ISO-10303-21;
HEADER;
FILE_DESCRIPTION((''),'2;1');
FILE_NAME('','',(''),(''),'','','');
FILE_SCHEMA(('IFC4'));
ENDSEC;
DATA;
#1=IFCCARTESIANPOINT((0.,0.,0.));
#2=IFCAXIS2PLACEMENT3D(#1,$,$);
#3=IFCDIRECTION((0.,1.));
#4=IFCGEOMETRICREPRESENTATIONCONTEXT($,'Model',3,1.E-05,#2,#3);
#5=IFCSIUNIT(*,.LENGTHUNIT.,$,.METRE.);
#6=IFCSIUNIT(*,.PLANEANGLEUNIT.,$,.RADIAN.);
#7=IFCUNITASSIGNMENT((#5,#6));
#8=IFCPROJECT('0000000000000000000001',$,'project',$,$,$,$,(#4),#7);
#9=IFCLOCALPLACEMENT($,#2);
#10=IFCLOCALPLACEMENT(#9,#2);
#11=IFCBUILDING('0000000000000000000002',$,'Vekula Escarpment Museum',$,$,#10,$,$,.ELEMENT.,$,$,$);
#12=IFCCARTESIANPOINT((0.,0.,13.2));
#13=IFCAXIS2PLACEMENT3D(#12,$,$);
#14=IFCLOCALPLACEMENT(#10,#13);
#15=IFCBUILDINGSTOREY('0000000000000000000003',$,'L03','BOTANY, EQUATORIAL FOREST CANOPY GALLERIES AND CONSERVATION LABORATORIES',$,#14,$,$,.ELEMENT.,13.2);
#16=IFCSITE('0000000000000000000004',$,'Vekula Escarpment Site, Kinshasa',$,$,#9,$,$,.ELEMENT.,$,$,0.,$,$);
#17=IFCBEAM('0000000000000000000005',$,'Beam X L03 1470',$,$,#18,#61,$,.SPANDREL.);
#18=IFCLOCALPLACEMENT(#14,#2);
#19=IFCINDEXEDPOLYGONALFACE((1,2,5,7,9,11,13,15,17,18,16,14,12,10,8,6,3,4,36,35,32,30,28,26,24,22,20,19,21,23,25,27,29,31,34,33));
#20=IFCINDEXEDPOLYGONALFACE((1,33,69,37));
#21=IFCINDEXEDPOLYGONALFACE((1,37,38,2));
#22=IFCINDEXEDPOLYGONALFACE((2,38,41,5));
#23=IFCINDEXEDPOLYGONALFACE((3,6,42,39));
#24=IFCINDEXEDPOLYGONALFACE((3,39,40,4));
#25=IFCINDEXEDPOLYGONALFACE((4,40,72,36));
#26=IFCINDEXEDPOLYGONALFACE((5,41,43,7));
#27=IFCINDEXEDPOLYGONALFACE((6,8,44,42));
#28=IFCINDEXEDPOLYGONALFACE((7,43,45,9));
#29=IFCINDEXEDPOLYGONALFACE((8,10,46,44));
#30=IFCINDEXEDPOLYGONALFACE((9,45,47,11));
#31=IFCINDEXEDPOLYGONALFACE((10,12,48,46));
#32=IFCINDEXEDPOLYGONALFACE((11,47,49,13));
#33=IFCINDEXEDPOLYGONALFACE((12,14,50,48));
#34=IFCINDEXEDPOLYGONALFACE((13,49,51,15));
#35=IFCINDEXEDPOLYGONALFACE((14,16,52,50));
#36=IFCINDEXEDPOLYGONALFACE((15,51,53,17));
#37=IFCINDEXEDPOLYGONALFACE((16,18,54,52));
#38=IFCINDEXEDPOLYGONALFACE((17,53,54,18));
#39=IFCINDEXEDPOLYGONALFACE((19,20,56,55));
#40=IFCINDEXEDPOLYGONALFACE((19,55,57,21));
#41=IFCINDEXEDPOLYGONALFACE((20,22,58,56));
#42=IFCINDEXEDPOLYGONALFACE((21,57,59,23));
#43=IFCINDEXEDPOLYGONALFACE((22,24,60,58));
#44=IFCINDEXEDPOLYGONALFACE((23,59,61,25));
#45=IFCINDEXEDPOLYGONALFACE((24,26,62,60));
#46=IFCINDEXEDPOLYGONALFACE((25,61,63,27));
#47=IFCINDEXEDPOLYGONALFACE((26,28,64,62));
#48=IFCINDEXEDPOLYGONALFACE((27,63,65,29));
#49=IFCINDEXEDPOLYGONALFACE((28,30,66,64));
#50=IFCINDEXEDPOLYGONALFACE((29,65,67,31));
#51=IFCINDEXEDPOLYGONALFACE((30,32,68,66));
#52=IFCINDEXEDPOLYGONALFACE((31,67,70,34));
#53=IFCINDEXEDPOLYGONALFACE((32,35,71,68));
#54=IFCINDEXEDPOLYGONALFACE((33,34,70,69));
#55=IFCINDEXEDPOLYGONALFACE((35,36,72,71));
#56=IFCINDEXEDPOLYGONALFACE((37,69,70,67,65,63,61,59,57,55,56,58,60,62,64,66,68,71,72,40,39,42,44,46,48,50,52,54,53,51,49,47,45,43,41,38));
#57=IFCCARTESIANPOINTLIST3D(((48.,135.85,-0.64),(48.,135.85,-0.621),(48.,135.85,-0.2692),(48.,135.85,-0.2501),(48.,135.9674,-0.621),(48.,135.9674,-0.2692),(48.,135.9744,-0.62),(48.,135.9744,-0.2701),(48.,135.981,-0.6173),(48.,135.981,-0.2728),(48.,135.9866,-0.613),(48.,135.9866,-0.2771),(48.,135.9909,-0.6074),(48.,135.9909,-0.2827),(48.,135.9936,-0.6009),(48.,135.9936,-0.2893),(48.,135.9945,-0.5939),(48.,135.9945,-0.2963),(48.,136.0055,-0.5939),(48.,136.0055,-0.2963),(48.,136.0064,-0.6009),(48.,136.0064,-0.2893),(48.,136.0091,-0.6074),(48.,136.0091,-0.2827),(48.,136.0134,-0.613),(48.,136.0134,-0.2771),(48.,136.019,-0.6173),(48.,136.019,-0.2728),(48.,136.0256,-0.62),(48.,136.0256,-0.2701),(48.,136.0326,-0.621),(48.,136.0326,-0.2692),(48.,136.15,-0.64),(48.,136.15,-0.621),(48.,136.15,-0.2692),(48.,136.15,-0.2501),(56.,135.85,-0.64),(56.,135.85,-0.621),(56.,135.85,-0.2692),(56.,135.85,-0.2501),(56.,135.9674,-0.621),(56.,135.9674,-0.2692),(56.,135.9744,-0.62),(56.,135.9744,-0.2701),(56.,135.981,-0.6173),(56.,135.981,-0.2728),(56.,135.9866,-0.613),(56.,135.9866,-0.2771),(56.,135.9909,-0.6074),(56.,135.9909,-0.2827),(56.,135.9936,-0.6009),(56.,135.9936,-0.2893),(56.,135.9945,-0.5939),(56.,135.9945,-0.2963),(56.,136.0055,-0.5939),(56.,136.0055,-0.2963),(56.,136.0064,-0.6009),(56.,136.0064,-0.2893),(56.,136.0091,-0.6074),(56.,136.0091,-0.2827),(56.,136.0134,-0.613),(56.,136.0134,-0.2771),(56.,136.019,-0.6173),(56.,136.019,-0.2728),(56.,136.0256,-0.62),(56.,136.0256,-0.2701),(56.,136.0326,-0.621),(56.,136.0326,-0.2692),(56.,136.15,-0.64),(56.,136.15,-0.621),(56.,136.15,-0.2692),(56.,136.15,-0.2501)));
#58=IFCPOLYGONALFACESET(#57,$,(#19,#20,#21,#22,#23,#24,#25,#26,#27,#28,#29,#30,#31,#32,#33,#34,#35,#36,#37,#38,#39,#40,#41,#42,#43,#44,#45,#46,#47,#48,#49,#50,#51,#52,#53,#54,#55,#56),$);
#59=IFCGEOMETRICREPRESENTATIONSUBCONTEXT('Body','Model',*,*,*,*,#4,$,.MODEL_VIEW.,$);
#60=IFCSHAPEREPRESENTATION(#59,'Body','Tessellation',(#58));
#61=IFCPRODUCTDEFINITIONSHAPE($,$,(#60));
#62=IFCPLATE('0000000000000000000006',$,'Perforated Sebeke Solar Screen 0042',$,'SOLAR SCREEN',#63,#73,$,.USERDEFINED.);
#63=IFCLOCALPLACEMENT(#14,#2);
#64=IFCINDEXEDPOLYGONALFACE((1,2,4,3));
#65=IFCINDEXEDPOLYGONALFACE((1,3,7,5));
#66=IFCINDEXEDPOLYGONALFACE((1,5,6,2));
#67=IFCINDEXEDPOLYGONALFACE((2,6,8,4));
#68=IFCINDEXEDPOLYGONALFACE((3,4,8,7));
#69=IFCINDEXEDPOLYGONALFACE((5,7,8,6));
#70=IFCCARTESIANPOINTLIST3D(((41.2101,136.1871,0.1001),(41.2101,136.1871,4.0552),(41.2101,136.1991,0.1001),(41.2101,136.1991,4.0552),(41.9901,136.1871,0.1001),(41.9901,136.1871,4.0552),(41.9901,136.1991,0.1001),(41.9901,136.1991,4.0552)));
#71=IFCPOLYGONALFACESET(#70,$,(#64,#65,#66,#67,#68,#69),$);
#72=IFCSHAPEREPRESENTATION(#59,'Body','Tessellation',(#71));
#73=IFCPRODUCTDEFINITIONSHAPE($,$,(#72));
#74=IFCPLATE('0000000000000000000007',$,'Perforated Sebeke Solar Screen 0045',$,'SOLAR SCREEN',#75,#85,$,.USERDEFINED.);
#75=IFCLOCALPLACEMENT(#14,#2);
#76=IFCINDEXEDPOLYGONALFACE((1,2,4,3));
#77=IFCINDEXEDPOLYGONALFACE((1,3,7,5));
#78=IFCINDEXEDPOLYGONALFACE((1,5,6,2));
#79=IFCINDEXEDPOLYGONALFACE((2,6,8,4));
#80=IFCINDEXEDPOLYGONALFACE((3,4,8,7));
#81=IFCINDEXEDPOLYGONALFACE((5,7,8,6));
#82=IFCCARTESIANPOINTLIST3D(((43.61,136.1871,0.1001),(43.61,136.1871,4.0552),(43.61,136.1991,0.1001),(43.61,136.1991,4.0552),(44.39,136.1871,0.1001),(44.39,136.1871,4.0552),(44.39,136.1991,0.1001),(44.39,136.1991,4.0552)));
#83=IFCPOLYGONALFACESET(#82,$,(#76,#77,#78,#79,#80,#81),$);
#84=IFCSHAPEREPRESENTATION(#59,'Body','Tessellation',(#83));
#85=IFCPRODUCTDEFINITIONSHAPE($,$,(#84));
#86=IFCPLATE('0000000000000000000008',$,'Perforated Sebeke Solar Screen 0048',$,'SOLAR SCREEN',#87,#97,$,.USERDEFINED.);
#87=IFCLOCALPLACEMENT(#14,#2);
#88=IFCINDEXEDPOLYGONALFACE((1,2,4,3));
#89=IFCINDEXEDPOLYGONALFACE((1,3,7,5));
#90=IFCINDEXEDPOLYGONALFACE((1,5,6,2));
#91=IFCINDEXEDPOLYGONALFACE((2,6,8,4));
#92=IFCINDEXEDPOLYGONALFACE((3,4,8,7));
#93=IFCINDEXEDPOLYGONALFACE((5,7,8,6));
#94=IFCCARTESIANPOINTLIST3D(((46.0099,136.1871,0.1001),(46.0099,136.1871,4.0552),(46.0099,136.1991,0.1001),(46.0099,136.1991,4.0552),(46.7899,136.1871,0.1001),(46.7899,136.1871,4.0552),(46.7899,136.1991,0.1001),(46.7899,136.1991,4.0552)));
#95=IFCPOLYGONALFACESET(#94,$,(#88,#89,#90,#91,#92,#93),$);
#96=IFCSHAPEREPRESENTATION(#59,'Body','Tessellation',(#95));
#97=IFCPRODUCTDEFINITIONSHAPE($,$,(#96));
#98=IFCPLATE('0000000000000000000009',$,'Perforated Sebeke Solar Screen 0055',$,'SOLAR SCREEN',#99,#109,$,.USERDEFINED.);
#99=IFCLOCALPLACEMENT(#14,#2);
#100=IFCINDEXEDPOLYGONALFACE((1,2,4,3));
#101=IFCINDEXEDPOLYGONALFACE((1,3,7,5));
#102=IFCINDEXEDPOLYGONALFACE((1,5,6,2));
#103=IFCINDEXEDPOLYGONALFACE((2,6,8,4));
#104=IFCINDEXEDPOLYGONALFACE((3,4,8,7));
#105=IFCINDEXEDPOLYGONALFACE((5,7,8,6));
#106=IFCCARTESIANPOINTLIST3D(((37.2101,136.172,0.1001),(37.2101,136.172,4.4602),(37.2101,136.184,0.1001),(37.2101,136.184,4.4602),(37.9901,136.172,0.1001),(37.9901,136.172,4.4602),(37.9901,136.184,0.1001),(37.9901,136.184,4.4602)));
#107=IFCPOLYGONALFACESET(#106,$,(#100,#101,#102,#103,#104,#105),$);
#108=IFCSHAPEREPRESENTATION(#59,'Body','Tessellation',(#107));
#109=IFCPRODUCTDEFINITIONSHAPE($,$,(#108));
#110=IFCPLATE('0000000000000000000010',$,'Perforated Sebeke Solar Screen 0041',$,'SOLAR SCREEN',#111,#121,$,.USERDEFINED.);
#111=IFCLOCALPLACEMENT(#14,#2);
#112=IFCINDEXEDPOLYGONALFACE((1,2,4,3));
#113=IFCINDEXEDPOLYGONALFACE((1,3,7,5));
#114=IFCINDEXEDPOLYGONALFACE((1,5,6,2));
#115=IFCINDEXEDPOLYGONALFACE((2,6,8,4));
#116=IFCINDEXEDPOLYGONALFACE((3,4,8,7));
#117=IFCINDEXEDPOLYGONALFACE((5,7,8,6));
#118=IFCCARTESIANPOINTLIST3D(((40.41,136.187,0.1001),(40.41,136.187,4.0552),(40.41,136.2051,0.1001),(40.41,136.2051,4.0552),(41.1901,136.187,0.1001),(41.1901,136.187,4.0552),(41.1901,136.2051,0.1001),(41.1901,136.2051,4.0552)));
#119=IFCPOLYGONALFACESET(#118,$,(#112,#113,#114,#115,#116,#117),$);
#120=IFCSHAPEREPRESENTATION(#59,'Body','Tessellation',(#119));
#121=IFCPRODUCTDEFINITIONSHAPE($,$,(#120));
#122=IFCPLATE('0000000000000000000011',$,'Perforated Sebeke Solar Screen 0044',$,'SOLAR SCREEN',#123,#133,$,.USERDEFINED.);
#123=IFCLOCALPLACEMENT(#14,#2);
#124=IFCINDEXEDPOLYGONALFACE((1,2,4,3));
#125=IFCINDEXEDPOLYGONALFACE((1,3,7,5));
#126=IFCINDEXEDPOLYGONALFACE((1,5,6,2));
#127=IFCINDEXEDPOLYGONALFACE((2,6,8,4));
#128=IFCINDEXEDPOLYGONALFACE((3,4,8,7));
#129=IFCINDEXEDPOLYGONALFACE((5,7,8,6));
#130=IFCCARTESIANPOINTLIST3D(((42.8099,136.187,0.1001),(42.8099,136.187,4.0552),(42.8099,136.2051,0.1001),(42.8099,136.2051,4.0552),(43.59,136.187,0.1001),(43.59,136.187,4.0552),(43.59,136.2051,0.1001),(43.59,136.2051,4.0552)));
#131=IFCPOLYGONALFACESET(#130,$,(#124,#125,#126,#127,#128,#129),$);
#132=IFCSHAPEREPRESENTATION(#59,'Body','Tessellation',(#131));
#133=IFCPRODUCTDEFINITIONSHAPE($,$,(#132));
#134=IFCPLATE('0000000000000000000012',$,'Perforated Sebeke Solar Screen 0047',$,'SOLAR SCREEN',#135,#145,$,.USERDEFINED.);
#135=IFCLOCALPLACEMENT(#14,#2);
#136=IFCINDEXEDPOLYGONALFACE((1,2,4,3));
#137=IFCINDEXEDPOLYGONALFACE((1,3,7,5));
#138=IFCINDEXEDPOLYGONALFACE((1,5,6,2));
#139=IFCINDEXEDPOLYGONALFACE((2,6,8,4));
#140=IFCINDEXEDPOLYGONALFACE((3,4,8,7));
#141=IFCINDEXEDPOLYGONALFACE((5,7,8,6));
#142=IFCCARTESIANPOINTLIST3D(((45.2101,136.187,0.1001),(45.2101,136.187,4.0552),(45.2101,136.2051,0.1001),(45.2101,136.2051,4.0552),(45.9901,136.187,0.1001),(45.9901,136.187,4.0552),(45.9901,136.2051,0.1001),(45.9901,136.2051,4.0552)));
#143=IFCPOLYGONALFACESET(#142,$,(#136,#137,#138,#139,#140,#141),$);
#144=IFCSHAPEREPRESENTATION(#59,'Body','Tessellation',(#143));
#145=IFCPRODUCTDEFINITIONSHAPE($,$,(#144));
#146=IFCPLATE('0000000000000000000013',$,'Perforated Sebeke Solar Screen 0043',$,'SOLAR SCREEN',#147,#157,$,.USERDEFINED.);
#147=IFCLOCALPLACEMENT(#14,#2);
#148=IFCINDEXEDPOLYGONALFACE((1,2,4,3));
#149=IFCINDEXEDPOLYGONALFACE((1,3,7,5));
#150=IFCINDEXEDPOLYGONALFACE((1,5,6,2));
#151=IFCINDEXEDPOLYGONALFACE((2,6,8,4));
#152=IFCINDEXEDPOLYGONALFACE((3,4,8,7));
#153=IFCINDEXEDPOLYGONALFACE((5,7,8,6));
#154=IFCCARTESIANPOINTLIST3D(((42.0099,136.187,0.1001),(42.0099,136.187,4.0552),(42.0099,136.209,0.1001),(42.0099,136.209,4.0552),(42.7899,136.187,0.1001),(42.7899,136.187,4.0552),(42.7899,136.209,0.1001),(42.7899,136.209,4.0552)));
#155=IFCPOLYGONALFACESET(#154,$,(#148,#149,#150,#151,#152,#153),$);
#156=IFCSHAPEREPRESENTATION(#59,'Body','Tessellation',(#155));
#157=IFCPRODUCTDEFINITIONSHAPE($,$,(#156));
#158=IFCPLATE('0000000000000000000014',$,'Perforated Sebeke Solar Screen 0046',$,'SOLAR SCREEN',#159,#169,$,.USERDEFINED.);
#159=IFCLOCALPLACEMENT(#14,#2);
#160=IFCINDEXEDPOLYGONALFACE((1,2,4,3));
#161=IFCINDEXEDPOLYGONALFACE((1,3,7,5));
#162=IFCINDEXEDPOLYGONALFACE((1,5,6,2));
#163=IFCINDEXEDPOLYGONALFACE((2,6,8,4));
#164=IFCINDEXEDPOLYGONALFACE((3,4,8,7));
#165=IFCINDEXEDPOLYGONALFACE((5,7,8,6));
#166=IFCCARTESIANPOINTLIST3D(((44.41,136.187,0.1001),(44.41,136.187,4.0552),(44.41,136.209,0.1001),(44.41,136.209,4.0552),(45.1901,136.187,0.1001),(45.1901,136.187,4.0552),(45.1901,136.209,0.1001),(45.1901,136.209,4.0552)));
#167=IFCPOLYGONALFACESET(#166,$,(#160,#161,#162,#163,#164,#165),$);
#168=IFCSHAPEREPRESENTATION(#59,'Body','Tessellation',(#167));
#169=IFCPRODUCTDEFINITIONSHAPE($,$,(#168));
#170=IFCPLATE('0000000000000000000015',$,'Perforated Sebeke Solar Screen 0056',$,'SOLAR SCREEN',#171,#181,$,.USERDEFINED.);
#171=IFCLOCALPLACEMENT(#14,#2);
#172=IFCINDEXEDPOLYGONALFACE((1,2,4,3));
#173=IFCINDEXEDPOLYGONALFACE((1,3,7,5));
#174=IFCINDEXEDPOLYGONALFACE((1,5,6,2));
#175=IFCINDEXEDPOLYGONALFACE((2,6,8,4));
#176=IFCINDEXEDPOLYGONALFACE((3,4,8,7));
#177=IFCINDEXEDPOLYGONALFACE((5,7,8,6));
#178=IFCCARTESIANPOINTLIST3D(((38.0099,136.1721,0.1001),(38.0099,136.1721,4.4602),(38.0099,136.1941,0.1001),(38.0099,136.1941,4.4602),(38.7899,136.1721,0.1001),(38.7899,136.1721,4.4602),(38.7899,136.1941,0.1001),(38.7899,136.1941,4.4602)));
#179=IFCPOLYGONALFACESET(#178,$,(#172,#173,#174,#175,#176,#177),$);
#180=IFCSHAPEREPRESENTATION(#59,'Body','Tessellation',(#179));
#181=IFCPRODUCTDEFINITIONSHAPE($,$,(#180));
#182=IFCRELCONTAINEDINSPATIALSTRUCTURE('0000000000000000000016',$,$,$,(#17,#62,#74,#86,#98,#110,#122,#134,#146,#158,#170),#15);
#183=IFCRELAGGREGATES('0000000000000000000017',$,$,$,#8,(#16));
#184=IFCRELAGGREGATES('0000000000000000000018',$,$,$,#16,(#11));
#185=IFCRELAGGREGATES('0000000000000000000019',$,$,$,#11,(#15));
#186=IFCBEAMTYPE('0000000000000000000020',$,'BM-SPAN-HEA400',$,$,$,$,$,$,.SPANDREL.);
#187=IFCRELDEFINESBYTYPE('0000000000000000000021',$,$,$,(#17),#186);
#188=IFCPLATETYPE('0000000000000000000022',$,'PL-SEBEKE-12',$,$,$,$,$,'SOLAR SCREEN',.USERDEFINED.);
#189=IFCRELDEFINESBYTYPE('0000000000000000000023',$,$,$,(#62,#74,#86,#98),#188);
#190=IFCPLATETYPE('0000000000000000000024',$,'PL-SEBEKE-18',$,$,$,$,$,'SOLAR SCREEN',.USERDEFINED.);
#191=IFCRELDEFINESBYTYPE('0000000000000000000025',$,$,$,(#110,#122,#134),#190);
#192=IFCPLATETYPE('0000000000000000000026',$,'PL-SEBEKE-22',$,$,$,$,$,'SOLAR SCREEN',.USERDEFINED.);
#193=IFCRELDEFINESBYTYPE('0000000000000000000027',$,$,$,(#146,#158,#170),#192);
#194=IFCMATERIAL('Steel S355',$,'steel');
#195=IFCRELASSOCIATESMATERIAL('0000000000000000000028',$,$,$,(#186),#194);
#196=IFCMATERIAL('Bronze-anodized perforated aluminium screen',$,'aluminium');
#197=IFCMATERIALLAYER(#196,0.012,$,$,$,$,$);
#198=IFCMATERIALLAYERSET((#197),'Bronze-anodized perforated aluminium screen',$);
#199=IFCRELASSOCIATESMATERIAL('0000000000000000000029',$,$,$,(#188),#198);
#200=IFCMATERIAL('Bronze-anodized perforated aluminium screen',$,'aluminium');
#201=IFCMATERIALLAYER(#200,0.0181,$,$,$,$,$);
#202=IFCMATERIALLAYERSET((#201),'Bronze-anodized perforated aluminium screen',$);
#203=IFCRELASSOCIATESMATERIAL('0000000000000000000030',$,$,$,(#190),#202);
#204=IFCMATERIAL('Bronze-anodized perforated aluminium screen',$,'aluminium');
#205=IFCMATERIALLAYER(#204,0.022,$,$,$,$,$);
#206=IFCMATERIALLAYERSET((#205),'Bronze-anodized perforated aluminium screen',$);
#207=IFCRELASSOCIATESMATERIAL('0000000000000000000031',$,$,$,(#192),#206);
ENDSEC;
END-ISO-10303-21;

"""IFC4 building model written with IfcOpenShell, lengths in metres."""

from ifc_helpers import new_model, si_unit, direction, frame, origin, origin_2d, place, context, subcontext, project, spatial, rectangle, i_section, extrude, material, layer, layer_set, material_profile, profile_set, type_object, element, save


model = new_model("IFC4")

# Units and contexts
model_context = context("Model", 3, precision=1e-05, world=origin(), true_north=direction((0.0, 1.0)))
body_context = subcontext(model_context, "Body", "Model", "MODEL_VIEW")
ifc_project = project(units=[si_unit("LENGTHUNIT", "METRE"), si_unit("PLANEANGLEUNIT", "RADIAN")], contexts=[model_context])

# Site, building, storey
site_placement = place(None, origin())
site = spatial("IfcSite", under=ifc_project, at=site_placement, Name="Vekula Escarpment Site, Kinshasa", CompositionType="ELEMENT", RefElevation=0.0)
building_placement = place(site_placement, origin())
building = spatial("IfcBuilding", under=site, at=building_placement, Name="Vekula Escarpment Museum", CompositionType="ELEMENT")
storey_placement = place(building_placement, frame((0.0, 0.0, 13.2)))
storey = spatial("IfcBuildingStorey", under=building, at=storey_placement, Name="L03", Description="BOTANY, EQUATORIAL FOREST CANOPY GALLERIES AND CONSERVATION LABORATORIES", CompositionType="ELEMENT", Elevation=13.2)

# Beam
ifc_material_1 = material(Name="Steel S355", Category="steel")
ifc_material_profile_1 = material_profile(ifc_material_1, i_section(OverallWidth=0.3, OverallDepth=0.3899, WebThickness=0.011, FlangeThickness=0.019, FilletRadius=0.0271, at=origin_2d()), Name="HEA 400")
ifc_profile_set_1 = profile_set([ifc_material_profile_1], Name="Steel S355")
beam_type_1 = type_object("IfcBeamType", Name="BM-SPAN-HEA400", PredefinedType="SPANDREL", material=ifc_profile_set_1)
for number, where, z_axis, x_axis, name in (
    (1, (48.0, 136.0, -0.4451), (1.0, 0.0, 0.0), (0.0, 1.0, 0.0), "Beam X L03 1470"),
):
    element("IfcBeam", number, at=place(storey_placement, frame(where, z_axis=z_axis, x_axis=x_axis)), inside=storey, type_object=beam_type_1, Name=name, PredefinedType="SPANDREL", context=body_context, shape_type="SweptSolid", body=[
        extrude(i_section(OverallWidth=0.3, OverallDepth=0.3899, WebThickness=0.011, FlangeThickness=0.019, FilletRadius=0.0271, at=origin_2d()), origin(), (0.0, 0.0, 1.0), 8.0),
    ])

# Plates
ifc_material_2 = material(Name="Bronze-anodized perforated aluminium screen", Category="aluminium")
ifc_layer_1 = layer(ifc_material_2, 0.012)
ifc_layer_set_1 = layer_set([ifc_layer_1], Name="Bronze-anodized perforated aluminium screen")
plate_type_1 = type_object("IfcPlateType", Name="PL-SEBEKE-12", ElementType="SOLAR SCREEN", PredefinedType="USERDEFINED", material=ifc_layer_set_1)
for number, where, z_axis, x_axis, name in (
    (2, (41.6001, 136.1931, 0.1001), (0.0, 0.0, 1.0), (1.0, 0.0, 0.0), "Perforated Sebeke Solar Screen 0042"),
    (3, (44.0, 136.1931, 0.1001), (0.0, 0.0, 1.0), (1.0, 0.0, 0.0), "Perforated Sebeke Solar Screen 0045"),
    (4, (46.3999, 136.1931, 0.1001), (0.0, 0.0, 1.0), (1.0, 0.0, 0.0), "Perforated Sebeke Solar Screen 0048"),
):
    element("IfcPlate", number, at=place(storey_placement, frame(where, z_axis=z_axis, x_axis=x_axis)), inside=storey, type_object=plate_type_1, Name=name, ObjectType="SOLAR SCREEN", PredefinedType="USERDEFINED", context=body_context, shape_type="SweptSolid", body=[
        extrude(rectangle(XDim=0.78, YDim=0.012, at=origin_2d()), origin(), (0.0, 0.0, 1.0), 3.9551),
    ])
plate_1_placement = place(storey_placement, frame((37.6001, 136.178, 0.1001), z_axis=(0.0, 0.0, 1.0), x_axis=(1.0, 0.0, 0.0)))
element("IfcPlate", 5, at=plate_1_placement, inside=storey, type_object=plate_type_1, Name="Perforated Sebeke Solar Screen 0055", ObjectType="SOLAR SCREEN", PredefinedType="USERDEFINED", context=body_context, shape_type="SweptSolid", body=[
    extrude(rectangle(XDim=0.78, YDim=0.012, at=origin_2d()), origin(), (0.0, 0.0, 1.0), 4.3601),
])
ifc_material_3 = material(Name="Bronze-anodized perforated aluminium screen", Category="aluminium")
ifc_layer_2 = layer(ifc_material_3, 0.0181)
ifc_layer_set_2 = layer_set([ifc_layer_2], Name="Bronze-anodized perforated aluminium screen")
plate_type_2 = type_object("IfcPlateType", Name="PL-SEBEKE-18", ElementType="SOLAR SCREEN", PredefinedType="USERDEFINED", material=ifc_layer_set_2)
for number, where, z_axis, x_axis, name in (
    (6, (40.8, 136.196, 0.1001), (0.0, 0.0, 1.0), (1.0, 0.0, 0.0), "Perforated Sebeke Solar Screen 0041"),
    (7, (43.2, 136.196, 0.1001), (0.0, 0.0, 1.0), (1.0, 0.0, 0.0), "Perforated Sebeke Solar Screen 0044"),
    (8, (45.6001, 136.196, 0.1001), (0.0, 0.0, 1.0), (1.0, 0.0, 0.0), "Perforated Sebeke Solar Screen 0047"),
):
    element("IfcPlate", number, at=place(storey_placement, frame(where, z_axis=z_axis, x_axis=x_axis)), inside=storey, type_object=plate_type_2, Name=name, ObjectType="SOLAR SCREEN", PredefinedType="USERDEFINED", context=body_context, shape_type="SweptSolid", body=[
        extrude(rectangle(XDim=0.78, YDim=0.0181, at=origin_2d()), origin(), (0.0, 0.0, 1.0), 3.9551),
    ])
ifc_material_4 = material(Name="Bronze-anodized perforated aluminium screen", Category="aluminium")
ifc_layer_3 = layer(ifc_material_4, 0.022)
ifc_layer_set_3 = layer_set([ifc_layer_3], Name="Bronze-anodized perforated aluminium screen")
plate_type_3 = type_object("IfcPlateType", Name="PL-SEBEKE-22", ElementType="SOLAR SCREEN", PredefinedType="USERDEFINED", material=ifc_layer_set_3)
for number, where, z_axis, x_axis, name in (
    (9, (42.3999, 136.198, 0.1001), (0.0, 0.0, 1.0), (1.0, 0.0, 0.0), "Perforated Sebeke Solar Screen 0043"),
    (10, (44.8, 136.198, 0.1001), (0.0, 0.0, 1.0), (1.0, 0.0, 0.0), "Perforated Sebeke Solar Screen 0046"),
):
    element("IfcPlate", number, at=place(storey_placement, frame(where, z_axis=z_axis, x_axis=x_axis)), inside=storey, type_object=plate_type_3, Name=name, ObjectType="SOLAR SCREEN", PredefinedType="USERDEFINED", context=body_context, shape_type="SweptSolid", body=[
        extrude(rectangle(XDim=0.78, YDim=0.022, at=origin_2d()), origin(), (0.0, 0.0, 1.0), 3.9551),
    ])
plate_2_placement = place(storey_placement, frame((38.3999, 136.1831, 0.1001), z_axis=(0.0, 0.0, 1.0), x_axis=(1.0, 0.0, 0.0)))
element("IfcPlate", 11, at=plate_2_placement, inside=storey, type_object=plate_type_3, Name="Perforated Sebeke Solar Screen 0056", ObjectType="SOLAR SCREEN", PredefinedType="USERDEFINED", context=body_context, shape_type="SweptSolid", body=[
    extrude(rectangle(XDim=0.78, YDim=0.022, at=origin_2d()), origin(), (0.0, 0.0, 1.0), 4.3601),
])

save(model, "model.ifc")
